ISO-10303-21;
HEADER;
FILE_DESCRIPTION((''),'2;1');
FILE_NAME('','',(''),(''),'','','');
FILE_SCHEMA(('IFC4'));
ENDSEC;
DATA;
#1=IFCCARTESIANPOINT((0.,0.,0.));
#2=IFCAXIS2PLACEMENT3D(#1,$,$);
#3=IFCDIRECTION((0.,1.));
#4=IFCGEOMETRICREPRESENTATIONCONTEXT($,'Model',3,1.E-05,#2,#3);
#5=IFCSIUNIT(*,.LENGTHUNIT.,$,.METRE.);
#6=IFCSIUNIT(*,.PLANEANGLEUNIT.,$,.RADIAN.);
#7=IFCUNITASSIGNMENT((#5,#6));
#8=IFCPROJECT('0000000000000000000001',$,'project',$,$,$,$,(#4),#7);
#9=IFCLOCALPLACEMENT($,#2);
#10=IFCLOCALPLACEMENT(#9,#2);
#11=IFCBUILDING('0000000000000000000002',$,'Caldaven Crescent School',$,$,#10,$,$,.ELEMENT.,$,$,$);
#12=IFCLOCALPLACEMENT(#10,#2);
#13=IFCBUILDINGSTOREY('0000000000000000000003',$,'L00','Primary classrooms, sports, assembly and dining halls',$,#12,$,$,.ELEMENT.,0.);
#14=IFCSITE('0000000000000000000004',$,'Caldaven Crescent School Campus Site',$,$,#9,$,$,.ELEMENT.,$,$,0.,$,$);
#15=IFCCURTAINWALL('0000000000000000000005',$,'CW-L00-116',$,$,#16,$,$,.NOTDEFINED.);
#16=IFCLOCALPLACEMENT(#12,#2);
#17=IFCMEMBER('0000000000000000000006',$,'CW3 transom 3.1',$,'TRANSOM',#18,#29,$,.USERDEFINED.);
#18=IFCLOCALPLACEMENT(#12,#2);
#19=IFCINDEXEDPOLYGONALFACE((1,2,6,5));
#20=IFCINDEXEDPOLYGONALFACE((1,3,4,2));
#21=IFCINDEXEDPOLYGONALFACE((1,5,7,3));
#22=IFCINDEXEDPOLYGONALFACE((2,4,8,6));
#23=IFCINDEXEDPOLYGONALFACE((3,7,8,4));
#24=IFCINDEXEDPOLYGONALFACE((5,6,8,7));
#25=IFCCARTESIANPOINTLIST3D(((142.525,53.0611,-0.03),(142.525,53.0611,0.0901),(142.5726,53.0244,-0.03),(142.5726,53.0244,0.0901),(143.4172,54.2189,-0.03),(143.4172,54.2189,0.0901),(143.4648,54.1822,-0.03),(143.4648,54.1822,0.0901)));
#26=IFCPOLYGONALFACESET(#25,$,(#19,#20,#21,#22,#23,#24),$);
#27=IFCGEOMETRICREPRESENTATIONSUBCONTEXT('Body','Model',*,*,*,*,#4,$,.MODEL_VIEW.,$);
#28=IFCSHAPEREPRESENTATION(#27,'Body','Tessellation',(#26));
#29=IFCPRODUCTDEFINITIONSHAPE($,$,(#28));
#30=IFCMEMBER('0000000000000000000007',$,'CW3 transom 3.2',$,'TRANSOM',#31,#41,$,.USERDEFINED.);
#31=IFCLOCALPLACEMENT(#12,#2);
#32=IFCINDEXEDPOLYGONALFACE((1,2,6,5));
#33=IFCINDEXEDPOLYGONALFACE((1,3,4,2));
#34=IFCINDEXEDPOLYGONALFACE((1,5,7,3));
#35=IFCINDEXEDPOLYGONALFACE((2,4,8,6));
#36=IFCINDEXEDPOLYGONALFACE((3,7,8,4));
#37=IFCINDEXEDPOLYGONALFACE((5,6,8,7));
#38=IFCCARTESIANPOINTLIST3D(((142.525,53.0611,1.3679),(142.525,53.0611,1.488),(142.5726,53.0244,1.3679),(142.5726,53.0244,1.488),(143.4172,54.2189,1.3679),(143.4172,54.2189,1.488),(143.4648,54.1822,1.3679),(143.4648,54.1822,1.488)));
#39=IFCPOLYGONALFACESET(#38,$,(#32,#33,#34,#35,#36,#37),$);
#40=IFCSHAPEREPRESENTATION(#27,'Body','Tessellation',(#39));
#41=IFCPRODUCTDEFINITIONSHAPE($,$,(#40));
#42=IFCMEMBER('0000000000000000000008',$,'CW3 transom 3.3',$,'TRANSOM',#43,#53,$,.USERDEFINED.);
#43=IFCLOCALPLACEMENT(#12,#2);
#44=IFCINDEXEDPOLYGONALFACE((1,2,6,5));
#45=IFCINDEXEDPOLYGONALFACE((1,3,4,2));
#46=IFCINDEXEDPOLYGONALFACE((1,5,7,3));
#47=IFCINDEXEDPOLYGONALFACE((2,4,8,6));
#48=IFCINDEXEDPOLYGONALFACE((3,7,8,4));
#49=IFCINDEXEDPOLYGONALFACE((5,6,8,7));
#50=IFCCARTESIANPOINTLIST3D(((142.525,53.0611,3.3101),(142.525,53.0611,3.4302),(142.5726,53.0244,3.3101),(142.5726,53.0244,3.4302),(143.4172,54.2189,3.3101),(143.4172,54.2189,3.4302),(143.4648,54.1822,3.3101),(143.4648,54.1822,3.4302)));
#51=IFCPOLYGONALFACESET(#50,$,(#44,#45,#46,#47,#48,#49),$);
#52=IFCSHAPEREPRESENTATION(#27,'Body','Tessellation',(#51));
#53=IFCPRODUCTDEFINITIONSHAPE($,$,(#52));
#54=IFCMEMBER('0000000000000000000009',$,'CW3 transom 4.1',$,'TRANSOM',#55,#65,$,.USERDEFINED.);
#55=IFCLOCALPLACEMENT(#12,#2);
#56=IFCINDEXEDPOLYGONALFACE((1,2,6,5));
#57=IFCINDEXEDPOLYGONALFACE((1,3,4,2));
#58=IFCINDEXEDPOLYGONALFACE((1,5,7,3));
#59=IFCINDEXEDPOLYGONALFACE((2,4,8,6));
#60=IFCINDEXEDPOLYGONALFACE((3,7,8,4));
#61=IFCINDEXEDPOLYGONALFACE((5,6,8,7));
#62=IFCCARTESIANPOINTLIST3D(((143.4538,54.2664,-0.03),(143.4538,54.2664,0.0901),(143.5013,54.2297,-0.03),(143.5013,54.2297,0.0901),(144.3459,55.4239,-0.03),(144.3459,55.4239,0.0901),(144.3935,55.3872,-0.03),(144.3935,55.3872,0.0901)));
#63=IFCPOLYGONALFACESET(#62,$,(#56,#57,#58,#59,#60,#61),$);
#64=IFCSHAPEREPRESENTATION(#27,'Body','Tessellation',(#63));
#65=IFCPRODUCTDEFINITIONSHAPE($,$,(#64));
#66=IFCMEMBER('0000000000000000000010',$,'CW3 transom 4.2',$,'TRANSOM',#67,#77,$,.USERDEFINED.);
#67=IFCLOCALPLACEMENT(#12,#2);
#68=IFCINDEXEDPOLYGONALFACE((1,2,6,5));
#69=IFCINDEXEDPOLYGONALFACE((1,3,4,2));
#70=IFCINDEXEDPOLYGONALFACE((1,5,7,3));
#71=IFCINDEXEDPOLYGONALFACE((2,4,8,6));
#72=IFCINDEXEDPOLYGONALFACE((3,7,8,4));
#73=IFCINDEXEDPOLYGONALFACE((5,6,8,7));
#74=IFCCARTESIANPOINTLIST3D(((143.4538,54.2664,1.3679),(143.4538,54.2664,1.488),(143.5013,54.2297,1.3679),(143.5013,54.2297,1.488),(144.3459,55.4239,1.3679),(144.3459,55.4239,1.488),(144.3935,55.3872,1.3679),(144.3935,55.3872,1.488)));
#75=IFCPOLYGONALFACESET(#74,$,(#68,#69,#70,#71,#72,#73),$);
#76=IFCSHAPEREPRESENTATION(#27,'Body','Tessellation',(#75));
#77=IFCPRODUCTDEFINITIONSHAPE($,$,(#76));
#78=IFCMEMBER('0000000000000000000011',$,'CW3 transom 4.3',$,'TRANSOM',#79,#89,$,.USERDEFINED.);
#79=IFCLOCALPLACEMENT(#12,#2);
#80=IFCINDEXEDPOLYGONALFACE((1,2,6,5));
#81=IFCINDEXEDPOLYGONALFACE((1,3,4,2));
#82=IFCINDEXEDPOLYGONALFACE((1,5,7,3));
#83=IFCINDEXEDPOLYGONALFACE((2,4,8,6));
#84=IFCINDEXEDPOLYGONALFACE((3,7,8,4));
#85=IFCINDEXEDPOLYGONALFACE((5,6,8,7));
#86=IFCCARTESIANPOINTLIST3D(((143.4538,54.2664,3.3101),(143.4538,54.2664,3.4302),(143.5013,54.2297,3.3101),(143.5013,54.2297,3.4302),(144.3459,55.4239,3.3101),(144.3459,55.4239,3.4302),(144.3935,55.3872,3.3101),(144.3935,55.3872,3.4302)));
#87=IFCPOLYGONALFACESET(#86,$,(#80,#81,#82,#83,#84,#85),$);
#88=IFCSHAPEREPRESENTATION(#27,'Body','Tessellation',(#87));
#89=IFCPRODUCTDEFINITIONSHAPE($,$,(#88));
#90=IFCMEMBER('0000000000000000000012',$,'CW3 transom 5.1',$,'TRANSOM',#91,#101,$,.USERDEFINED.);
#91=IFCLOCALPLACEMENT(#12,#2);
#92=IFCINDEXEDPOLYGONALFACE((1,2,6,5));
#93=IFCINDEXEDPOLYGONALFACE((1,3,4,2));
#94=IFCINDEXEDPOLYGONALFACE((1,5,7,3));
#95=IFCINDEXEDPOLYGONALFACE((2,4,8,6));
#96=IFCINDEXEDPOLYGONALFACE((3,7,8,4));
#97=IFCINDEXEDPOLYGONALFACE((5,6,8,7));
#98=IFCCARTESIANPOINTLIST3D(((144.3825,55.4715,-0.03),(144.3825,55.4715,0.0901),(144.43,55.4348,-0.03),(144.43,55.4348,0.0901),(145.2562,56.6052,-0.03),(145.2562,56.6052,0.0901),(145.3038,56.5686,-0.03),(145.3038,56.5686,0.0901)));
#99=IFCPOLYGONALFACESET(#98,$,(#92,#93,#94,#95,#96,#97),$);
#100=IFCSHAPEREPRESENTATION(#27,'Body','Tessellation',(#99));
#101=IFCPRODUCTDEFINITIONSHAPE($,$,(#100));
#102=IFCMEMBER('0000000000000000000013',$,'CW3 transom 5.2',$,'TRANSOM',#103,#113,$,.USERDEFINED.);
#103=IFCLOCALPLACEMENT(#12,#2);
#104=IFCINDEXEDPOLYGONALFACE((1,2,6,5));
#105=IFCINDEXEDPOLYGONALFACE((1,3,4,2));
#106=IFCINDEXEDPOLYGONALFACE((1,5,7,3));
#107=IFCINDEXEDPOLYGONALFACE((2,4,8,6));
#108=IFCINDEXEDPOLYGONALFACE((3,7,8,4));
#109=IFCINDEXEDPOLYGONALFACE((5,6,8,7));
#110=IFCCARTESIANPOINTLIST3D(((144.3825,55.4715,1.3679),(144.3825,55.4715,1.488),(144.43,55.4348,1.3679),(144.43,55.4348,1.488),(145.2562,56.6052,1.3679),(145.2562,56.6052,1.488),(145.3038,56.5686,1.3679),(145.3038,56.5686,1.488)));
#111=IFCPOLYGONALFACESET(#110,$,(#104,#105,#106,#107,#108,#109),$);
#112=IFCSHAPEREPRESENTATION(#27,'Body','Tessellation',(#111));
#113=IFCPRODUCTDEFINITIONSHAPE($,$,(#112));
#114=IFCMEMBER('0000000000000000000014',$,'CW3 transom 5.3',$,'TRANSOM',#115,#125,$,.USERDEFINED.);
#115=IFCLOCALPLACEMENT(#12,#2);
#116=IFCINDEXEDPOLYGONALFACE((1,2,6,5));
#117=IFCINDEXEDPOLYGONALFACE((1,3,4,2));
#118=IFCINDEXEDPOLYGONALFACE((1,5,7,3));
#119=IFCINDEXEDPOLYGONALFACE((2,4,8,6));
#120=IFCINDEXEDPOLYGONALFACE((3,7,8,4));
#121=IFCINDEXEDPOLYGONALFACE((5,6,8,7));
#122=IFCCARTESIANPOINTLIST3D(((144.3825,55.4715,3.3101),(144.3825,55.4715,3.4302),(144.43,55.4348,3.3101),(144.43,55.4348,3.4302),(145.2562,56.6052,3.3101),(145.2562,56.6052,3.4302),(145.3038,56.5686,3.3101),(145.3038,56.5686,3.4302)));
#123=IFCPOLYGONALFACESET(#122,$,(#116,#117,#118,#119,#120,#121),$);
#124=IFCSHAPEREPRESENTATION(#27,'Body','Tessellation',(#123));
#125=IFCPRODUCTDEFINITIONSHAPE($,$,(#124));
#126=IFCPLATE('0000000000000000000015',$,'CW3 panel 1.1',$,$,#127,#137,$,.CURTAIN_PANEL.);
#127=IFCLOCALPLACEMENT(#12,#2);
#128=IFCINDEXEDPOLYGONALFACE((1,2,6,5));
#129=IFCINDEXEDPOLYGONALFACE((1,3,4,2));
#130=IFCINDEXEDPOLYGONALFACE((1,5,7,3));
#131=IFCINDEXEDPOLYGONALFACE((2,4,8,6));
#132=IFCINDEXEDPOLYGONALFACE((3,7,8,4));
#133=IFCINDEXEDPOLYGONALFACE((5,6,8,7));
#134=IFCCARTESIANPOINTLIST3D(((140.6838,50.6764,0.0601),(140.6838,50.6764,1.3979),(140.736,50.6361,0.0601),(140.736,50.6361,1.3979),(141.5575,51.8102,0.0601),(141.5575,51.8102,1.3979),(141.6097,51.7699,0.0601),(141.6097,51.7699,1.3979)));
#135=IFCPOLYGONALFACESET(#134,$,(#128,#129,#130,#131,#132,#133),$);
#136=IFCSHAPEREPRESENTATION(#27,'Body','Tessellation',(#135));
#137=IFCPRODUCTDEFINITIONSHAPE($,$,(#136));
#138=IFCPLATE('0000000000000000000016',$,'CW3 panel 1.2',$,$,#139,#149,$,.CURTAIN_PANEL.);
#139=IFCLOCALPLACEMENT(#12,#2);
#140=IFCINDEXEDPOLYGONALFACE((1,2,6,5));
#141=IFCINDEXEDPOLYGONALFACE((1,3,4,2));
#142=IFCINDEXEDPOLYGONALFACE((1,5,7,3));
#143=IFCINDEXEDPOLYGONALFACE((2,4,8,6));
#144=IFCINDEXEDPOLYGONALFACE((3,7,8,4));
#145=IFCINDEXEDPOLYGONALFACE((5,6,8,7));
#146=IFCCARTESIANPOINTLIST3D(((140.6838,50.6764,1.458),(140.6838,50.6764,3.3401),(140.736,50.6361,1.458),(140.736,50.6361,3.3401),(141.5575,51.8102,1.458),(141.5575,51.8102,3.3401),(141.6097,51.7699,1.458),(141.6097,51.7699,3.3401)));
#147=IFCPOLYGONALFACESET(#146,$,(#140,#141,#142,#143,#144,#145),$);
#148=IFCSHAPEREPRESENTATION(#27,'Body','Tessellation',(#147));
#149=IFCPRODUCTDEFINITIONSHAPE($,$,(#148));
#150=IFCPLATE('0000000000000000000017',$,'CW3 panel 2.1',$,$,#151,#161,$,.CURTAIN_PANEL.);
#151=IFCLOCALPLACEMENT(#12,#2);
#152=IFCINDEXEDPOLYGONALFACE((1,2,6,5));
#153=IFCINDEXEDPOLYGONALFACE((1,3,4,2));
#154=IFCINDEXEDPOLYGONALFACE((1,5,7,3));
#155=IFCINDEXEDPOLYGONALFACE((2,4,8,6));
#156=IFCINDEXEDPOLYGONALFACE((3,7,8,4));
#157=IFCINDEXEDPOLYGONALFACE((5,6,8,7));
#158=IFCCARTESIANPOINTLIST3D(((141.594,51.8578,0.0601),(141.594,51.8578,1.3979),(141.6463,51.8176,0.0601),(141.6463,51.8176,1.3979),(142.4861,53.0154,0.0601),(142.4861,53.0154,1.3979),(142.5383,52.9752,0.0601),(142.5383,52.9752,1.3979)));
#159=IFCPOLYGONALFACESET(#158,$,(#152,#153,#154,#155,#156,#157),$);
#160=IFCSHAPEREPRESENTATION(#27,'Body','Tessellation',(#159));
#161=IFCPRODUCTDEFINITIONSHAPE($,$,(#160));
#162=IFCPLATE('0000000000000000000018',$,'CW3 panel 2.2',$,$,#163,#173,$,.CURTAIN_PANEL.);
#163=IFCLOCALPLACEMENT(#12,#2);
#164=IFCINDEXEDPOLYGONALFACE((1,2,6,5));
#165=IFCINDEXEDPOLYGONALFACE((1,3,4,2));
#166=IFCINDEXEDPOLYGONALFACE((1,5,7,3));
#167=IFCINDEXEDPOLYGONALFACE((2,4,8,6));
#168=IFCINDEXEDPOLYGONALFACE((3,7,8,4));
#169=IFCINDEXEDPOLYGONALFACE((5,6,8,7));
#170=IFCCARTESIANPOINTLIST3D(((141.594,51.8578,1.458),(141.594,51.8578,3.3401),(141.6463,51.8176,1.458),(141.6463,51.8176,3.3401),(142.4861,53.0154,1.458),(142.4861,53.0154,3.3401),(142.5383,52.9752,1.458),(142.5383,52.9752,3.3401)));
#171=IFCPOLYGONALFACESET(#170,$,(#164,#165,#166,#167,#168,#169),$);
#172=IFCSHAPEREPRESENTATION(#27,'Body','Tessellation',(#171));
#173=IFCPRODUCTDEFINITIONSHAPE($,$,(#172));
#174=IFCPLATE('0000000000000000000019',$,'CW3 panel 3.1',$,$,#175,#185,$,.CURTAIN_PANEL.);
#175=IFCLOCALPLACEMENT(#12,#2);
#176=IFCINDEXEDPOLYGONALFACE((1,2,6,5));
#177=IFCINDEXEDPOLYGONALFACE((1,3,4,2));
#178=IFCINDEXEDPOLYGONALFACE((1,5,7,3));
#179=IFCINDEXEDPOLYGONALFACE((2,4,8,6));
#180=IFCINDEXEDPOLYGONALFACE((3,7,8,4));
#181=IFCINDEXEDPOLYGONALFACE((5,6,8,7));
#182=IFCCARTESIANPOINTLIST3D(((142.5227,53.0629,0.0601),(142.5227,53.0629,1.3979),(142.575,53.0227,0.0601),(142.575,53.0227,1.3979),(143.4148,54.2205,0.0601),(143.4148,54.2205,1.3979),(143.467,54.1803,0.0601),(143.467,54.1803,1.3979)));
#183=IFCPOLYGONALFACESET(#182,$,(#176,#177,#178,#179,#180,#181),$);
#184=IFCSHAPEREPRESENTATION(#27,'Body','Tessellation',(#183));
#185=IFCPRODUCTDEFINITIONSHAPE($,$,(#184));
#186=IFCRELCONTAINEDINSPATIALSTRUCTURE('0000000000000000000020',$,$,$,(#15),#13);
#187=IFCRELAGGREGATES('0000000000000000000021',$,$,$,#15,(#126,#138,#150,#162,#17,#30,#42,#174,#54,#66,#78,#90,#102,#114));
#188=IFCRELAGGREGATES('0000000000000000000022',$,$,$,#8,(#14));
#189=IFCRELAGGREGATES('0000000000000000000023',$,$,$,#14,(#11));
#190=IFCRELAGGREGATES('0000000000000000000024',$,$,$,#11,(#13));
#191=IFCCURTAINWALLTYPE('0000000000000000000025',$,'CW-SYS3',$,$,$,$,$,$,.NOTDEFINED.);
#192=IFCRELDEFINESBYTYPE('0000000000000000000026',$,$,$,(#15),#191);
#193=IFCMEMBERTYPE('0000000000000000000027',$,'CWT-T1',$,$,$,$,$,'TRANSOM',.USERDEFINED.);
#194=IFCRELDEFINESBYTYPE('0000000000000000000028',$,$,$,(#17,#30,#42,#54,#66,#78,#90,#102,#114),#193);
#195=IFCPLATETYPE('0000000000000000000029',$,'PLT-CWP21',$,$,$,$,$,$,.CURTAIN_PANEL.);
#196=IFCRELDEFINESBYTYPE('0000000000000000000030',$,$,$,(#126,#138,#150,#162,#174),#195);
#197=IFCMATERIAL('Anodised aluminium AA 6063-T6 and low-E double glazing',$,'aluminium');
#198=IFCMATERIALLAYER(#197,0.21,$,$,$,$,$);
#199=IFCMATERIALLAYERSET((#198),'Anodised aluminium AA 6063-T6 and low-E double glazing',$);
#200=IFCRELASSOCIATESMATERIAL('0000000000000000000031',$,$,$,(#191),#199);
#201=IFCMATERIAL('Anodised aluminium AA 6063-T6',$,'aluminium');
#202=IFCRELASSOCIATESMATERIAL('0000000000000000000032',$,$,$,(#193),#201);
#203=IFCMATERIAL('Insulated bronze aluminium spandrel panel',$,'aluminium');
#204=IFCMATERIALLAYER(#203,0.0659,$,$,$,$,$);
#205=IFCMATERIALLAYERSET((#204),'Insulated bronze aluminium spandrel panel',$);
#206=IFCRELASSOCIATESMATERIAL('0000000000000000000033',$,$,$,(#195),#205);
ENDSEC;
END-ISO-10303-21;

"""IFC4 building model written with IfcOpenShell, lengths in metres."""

from ifc_helpers import new_model, si_unit, direction, frame, origin, origin_2d, place, context, subcontext, project, spatial, rectangle, extrude, material, layer, layer_set, material_profile, profile_set, type_object, element, aggregate, save


model = new_model("IFC4")

# Units and contexts
model_context = context("Model", 3, precision=1e-05, world=origin(), true_north=direction((0.0, 1.0)))
body_context = subcontext(model_context, "Body", "Model", "MODEL_VIEW")
ifc_project = project(units=[si_unit("LENGTHUNIT", "METRE"), si_unit("PLANEANGLEUNIT", "RADIAN")], contexts=[model_context])

# Site, building, storey
site_placement = place(None, origin())
site = spatial("IfcSite", under=ifc_project, at=site_placement, Name="Caldaven Crescent School Campus Site", CompositionType="ELEMENT", RefElevation=0.0)
building_placement = place(site_placement, origin())
building = spatial("IfcBuilding", under=site, at=building_placement, Name="Caldaven Crescent School", CompositionType="ELEMENT")
storey_placement = place(building_placement, origin())
storey = spatial("IfcBuildingStorey", under=building, at=storey_placement, Name="L00", Description="Primary classrooms, sports, assembly and dining halls", CompositionType="ELEMENT", Elevation=0.0)

# Curtain wall, members, plates
ifc_material_1 = material(Name="Anodised aluminium AA 6063-T6 and low-E double glazing", Category="aluminium")
ifc_layer_1 = layer(ifc_material_1, 0.21)
ifc_layer_set_1 = layer_set([ifc_layer_1], Name="Anodised aluminium AA 6063-T6 and low-E double glazing")
curtain_wall_type = type_object("IfcCurtainWallType", Name="CW-SYS3", PredefinedType="NOTDEFINED", material=ifc_layer_set_1)
curtain_wall_placement = place(storey_placement, origin())
curtain_wall = element("IfcCurtainWall", 1, at=curtain_wall_placement, inside=storey, type_object=curtain_wall_type, Name="CW-L00-116", PredefinedType="NOTDEFINED")
ifc_material_2 = material(Name="Anodised aluminium AA 6063-T6", Category="aluminium")
ifc_material_profile_1 = material_profile(ifc_material_2, rectangle(XDim=0.0601, YDim=0.1201, at=origin_2d()), Name="CWT 60x120")
ifc_profile_set_1 = profile_set([ifc_material_profile_1], Name="Anodised aluminium AA 6063-T6")
member_type_1 = type_object("IfcMemberType", Name="CWT-T1", ElementType="TRANSOM", PredefinedType="USERDEFINED", material=ifc_profile_set_1)
member_1_placement = place(storey_placement, frame((142.5488, 53.0427, 0.03), z_axis=(0.610373, 0.792115, 0.0), x_axis=(-0.792115, 0.610373, 0.0)))
member_1 = element("IfcMember", 2, at=member_1_placement, type_object=member_type_1, Name="CW3 transom 3.1", ObjectType="TRANSOM", PredefinedType="USERDEFINED", context=body_context, shape_type="SweptSolid", body=[
    extrude(rectangle(XDim=0.0601, YDim=0.1201, at=origin_2d()), origin(), (0.0, 0.0, 1.0), 1.4617),
])
member_2_placement = place(storey_placement, frame((142.5488, 53.0427, 1.428), z_axis=(0.610373, 0.792115, 0.0), x_axis=(-0.792115, 0.610373, 0.0)))
member_2 = element("IfcMember", 3, at=member_2_placement, type_object=member_type_1, Name="CW3 transom 3.2", ObjectType="TRANSOM", PredefinedType="USERDEFINED", context=body_context, shape_type="SweptSolid", body=[
    extrude(rectangle(XDim=0.0601, YDim=0.1201, at=origin_2d()), origin(), (0.0, 0.0, 1.0), 1.4617),
])
member_3_placement = place(storey_placement, frame((142.5488, 53.0427, 3.3701), z_axis=(0.610373, 0.792115, 0.0), x_axis=(-0.792115, 0.610373, 0.0)))
member_3 = element("IfcMember", 4, at=member_3_placement, type_object=member_type_1, Name="CW3 transom 3.3", ObjectType="TRANSOM", PredefinedType="USERDEFINED", context=body_context, shape_type="SweptSolid", body=[
    extrude(rectangle(XDim=0.0601, YDim=0.1201, at=origin_2d()), origin(), (0.0, 0.0, 1.0), 1.4617),
])
member_4_placement = place(storey_placement, frame((143.4775, 54.248, 0.03), z_axis=(0.610453, 0.792052, 0.0), x_axis=(-0.792052, 0.610453, 0.0)))
member_4 = element("IfcMember", 5, at=member_4_placement, type_object=member_type_1, Name="CW3 transom 4.1", ObjectType="TRANSOM", PredefinedType="USERDEFINED", context=body_context, shape_type="SweptSolid", body=[
    extrude(rectangle(XDim=0.0601, YDim=0.1201, at=origin_2d()), origin(), (0.0, 0.0, 1.0), 1.4614),
])
member_5_placement = place(storey_placement, frame((143.4775, 54.248, 1.428), z_axis=(0.610453, 0.792052, 0.0), x_axis=(-0.792052, 0.610453, 0.0)))
member_5 = element("IfcMember", 6, at=member_5_placement, type_object=member_type_1, Name="CW3 transom 4.2", ObjectType="TRANSOM", PredefinedType="USERDEFINED", context=body_context, shape_type="SweptSolid", body=[
    extrude(rectangle(XDim=0.0601, YDim=0.1201, at=origin_2d()), origin(), (0.0, 0.0, 1.0), 1.4614),
])
member_6_placement = place(storey_placement, frame((143.4775, 54.248, 3.3701), z_axis=(0.610453, 0.792052, 0.0), x_axis=(-0.792052, 0.610453, 0.0)))
member_6 = element("IfcMember", 7, at=member_6_placement, type_object=member_type_1, Name="CW3 transom 4.3", ObjectType="TRANSOM", PredefinedType="USERDEFINED", context=body_context, shape_type="SweptSolid", body=[
    extrude(rectangle(XDim=0.0601, YDim=0.1201, at=origin_2d()), origin(), (0.0, 0.0, 1.0), 1.4614),
])
member_7_placement = place(storey_placement, frame((144.4062, 55.4531, 0.03), z_axis=(0.610428, 0.792072, 0.0), x_axis=(-0.792072, 0.610428, 0.0)))
member_7 = element("IfcMember", 8, at=member_7_placement, type_object=member_type_1, Name="CW3 transom 5.1", ObjectType="TRANSOM", PredefinedType="USERDEFINED", context=body_context, shape_type="SweptSolid", body=[
    extrude(rectangle(XDim=0.0601, YDim=0.1201, at=origin_2d()), origin(), (0.0, 0.0, 1.0), 1.4314),
])
member_8_placement = place(storey_placement, frame((144.4062, 55.4531, 1.428), z_axis=(0.610428, 0.792072, 0.0), x_axis=(-0.792072, 0.610428, 0.0)))
member_8 = element("IfcMember", 9, at=member_8_placement, type_object=member_type_1, Name="CW3 transom 5.2", ObjectType="TRANSOM", PredefinedType="USERDEFINED", context=body_context, shape_type="SweptSolid", body=[
    extrude(rectangle(XDim=0.0601, YDim=0.1201, at=origin_2d()), origin(), (0.0, 0.0, 1.0), 1.4314),
])
member_9_placement = place(storey_placement, frame((144.4062, 55.4531, 3.3701), z_axis=(0.610428, 0.792072, 0.0), x_axis=(-0.792072, 0.610428, 0.0)))
member_9 = element("IfcMember", 10, at=member_9_placement, type_object=member_type_1, Name="CW3 transom 5.3", ObjectType="TRANSOM", PredefinedType="USERDEFINED", context=body_context, shape_type="SweptSolid", body=[
    extrude(rectangle(XDim=0.0601, YDim=0.1201, at=origin_2d()), origin(), (0.0, 0.0, 1.0), 1.4314),
])
ifc_material_3 = material(Name="Insulated bronze aluminium spandrel panel", Category="aluminium")
ifc_layer_2 = layer(ifc_material_3, 0.0659)
ifc_layer_set_2 = layer_set([ifc_layer_2], Name="Insulated bronze aluminium spandrel panel")
plate_type_1 = type_object("IfcPlateType", Name="PLT-CWP21", PredefinedType="CURTAIN_PANEL", material=ifc_layer_set_2)
plate_1_placement = place(storey_placement, frame((141.1467, 51.2231, 0.0601), z_axis=(0.0, 0.0, 1.0), x_axis=(0.610386, 0.792104, 0.0)))
plate_1 = element("IfcPlate", 11, at=plate_1_placement, type_object=plate_type_1, Name="CW3 panel 1.1", PredefinedType="CURTAIN_PANEL", context=body_context, shape_type="SweptSolid", body=[
    extrude(rectangle(XDim=1.4314, YDim=0.0659, at=origin_2d()), origin(), (0.0, 0.0, 1.0), 1.3379),
])
plate_2_placement = place(storey_placement, frame((141.1467, 51.2231, 1.458), z_axis=(0.0, 0.0, 1.0), x_axis=(0.610386, 0.792104, 0.0)))
plate_2 = element("IfcPlate", 12, at=plate_2_placement, type_object=plate_type_1, Name="CW3 panel 1.2", PredefinedType="CURTAIN_PANEL", context=body_context, shape_type="SweptSolid", body=[
    extrude(rectangle(XDim=1.4314, YDim=0.0659, at=origin_2d()), origin(), (0.0, 0.0, 1.0), 1.8821),
])
plate_3_placement = place(storey_placement, frame((142.0662, 52.4165, 0.0601), z_axis=(0.0, 0.0, 1.0), x_axis=(0.610386, 0.792104, 0.0)))
plate_3 = element("IfcPlate", 13, at=plate_3_placement, type_object=plate_type_1, Name="CW3 panel 2.1", PredefinedType="CURTAIN_PANEL", context=body_context, shape_type="SweptSolid", body=[
    extrude(rectangle(XDim=1.4614, YDim=0.0659, at=origin_2d()), origin(), (0.0, 0.0, 1.0), 1.3379),
])
plate_4_placement = place(storey_placement, frame((142.0662, 52.4165, 1.458), z_axis=(0.0, 0.0, 1.0), x_axis=(0.610386, 0.792104, 0.0)))
plate_4 = element("IfcPlate", 14, at=plate_4_placement, type_object=plate_type_1, Name="CW3 panel 2.2", PredefinedType="CURTAIN_PANEL", context=body_context, shape_type="SweptSolid", body=[
    extrude(rectangle(XDim=1.4614, YDim=0.0659, at=origin_2d()), origin(), (0.0, 0.0, 1.0), 1.8821),
])
plate_5_placement = place(storey_placement, frame((142.9949, 53.6216, 0.0601), z_axis=(0.0, 0.0, 1.0), x_axis=(0.610386, 0.792104, 0.0)))
plate_5 = element("IfcPlate", 15, at=plate_5_placement, type_object=plate_type_1, Name="CW3 panel 3.1", PredefinedType="CURTAIN_PANEL", context=body_context, shape_type="SweptSolid", body=[
    extrude(rectangle(XDim=1.4614, YDim=0.0659, at=origin_2d()), origin(), (0.0, 0.0, 1.0), 1.3379),
])
aggregate(curtain_wall, [plate_1, plate_2, plate_3, plate_4, member_1, member_2, member_3, plate_5, member_4, member_5, member_6, member_7, member_8, member_9])

save(model, "model.ifc")
